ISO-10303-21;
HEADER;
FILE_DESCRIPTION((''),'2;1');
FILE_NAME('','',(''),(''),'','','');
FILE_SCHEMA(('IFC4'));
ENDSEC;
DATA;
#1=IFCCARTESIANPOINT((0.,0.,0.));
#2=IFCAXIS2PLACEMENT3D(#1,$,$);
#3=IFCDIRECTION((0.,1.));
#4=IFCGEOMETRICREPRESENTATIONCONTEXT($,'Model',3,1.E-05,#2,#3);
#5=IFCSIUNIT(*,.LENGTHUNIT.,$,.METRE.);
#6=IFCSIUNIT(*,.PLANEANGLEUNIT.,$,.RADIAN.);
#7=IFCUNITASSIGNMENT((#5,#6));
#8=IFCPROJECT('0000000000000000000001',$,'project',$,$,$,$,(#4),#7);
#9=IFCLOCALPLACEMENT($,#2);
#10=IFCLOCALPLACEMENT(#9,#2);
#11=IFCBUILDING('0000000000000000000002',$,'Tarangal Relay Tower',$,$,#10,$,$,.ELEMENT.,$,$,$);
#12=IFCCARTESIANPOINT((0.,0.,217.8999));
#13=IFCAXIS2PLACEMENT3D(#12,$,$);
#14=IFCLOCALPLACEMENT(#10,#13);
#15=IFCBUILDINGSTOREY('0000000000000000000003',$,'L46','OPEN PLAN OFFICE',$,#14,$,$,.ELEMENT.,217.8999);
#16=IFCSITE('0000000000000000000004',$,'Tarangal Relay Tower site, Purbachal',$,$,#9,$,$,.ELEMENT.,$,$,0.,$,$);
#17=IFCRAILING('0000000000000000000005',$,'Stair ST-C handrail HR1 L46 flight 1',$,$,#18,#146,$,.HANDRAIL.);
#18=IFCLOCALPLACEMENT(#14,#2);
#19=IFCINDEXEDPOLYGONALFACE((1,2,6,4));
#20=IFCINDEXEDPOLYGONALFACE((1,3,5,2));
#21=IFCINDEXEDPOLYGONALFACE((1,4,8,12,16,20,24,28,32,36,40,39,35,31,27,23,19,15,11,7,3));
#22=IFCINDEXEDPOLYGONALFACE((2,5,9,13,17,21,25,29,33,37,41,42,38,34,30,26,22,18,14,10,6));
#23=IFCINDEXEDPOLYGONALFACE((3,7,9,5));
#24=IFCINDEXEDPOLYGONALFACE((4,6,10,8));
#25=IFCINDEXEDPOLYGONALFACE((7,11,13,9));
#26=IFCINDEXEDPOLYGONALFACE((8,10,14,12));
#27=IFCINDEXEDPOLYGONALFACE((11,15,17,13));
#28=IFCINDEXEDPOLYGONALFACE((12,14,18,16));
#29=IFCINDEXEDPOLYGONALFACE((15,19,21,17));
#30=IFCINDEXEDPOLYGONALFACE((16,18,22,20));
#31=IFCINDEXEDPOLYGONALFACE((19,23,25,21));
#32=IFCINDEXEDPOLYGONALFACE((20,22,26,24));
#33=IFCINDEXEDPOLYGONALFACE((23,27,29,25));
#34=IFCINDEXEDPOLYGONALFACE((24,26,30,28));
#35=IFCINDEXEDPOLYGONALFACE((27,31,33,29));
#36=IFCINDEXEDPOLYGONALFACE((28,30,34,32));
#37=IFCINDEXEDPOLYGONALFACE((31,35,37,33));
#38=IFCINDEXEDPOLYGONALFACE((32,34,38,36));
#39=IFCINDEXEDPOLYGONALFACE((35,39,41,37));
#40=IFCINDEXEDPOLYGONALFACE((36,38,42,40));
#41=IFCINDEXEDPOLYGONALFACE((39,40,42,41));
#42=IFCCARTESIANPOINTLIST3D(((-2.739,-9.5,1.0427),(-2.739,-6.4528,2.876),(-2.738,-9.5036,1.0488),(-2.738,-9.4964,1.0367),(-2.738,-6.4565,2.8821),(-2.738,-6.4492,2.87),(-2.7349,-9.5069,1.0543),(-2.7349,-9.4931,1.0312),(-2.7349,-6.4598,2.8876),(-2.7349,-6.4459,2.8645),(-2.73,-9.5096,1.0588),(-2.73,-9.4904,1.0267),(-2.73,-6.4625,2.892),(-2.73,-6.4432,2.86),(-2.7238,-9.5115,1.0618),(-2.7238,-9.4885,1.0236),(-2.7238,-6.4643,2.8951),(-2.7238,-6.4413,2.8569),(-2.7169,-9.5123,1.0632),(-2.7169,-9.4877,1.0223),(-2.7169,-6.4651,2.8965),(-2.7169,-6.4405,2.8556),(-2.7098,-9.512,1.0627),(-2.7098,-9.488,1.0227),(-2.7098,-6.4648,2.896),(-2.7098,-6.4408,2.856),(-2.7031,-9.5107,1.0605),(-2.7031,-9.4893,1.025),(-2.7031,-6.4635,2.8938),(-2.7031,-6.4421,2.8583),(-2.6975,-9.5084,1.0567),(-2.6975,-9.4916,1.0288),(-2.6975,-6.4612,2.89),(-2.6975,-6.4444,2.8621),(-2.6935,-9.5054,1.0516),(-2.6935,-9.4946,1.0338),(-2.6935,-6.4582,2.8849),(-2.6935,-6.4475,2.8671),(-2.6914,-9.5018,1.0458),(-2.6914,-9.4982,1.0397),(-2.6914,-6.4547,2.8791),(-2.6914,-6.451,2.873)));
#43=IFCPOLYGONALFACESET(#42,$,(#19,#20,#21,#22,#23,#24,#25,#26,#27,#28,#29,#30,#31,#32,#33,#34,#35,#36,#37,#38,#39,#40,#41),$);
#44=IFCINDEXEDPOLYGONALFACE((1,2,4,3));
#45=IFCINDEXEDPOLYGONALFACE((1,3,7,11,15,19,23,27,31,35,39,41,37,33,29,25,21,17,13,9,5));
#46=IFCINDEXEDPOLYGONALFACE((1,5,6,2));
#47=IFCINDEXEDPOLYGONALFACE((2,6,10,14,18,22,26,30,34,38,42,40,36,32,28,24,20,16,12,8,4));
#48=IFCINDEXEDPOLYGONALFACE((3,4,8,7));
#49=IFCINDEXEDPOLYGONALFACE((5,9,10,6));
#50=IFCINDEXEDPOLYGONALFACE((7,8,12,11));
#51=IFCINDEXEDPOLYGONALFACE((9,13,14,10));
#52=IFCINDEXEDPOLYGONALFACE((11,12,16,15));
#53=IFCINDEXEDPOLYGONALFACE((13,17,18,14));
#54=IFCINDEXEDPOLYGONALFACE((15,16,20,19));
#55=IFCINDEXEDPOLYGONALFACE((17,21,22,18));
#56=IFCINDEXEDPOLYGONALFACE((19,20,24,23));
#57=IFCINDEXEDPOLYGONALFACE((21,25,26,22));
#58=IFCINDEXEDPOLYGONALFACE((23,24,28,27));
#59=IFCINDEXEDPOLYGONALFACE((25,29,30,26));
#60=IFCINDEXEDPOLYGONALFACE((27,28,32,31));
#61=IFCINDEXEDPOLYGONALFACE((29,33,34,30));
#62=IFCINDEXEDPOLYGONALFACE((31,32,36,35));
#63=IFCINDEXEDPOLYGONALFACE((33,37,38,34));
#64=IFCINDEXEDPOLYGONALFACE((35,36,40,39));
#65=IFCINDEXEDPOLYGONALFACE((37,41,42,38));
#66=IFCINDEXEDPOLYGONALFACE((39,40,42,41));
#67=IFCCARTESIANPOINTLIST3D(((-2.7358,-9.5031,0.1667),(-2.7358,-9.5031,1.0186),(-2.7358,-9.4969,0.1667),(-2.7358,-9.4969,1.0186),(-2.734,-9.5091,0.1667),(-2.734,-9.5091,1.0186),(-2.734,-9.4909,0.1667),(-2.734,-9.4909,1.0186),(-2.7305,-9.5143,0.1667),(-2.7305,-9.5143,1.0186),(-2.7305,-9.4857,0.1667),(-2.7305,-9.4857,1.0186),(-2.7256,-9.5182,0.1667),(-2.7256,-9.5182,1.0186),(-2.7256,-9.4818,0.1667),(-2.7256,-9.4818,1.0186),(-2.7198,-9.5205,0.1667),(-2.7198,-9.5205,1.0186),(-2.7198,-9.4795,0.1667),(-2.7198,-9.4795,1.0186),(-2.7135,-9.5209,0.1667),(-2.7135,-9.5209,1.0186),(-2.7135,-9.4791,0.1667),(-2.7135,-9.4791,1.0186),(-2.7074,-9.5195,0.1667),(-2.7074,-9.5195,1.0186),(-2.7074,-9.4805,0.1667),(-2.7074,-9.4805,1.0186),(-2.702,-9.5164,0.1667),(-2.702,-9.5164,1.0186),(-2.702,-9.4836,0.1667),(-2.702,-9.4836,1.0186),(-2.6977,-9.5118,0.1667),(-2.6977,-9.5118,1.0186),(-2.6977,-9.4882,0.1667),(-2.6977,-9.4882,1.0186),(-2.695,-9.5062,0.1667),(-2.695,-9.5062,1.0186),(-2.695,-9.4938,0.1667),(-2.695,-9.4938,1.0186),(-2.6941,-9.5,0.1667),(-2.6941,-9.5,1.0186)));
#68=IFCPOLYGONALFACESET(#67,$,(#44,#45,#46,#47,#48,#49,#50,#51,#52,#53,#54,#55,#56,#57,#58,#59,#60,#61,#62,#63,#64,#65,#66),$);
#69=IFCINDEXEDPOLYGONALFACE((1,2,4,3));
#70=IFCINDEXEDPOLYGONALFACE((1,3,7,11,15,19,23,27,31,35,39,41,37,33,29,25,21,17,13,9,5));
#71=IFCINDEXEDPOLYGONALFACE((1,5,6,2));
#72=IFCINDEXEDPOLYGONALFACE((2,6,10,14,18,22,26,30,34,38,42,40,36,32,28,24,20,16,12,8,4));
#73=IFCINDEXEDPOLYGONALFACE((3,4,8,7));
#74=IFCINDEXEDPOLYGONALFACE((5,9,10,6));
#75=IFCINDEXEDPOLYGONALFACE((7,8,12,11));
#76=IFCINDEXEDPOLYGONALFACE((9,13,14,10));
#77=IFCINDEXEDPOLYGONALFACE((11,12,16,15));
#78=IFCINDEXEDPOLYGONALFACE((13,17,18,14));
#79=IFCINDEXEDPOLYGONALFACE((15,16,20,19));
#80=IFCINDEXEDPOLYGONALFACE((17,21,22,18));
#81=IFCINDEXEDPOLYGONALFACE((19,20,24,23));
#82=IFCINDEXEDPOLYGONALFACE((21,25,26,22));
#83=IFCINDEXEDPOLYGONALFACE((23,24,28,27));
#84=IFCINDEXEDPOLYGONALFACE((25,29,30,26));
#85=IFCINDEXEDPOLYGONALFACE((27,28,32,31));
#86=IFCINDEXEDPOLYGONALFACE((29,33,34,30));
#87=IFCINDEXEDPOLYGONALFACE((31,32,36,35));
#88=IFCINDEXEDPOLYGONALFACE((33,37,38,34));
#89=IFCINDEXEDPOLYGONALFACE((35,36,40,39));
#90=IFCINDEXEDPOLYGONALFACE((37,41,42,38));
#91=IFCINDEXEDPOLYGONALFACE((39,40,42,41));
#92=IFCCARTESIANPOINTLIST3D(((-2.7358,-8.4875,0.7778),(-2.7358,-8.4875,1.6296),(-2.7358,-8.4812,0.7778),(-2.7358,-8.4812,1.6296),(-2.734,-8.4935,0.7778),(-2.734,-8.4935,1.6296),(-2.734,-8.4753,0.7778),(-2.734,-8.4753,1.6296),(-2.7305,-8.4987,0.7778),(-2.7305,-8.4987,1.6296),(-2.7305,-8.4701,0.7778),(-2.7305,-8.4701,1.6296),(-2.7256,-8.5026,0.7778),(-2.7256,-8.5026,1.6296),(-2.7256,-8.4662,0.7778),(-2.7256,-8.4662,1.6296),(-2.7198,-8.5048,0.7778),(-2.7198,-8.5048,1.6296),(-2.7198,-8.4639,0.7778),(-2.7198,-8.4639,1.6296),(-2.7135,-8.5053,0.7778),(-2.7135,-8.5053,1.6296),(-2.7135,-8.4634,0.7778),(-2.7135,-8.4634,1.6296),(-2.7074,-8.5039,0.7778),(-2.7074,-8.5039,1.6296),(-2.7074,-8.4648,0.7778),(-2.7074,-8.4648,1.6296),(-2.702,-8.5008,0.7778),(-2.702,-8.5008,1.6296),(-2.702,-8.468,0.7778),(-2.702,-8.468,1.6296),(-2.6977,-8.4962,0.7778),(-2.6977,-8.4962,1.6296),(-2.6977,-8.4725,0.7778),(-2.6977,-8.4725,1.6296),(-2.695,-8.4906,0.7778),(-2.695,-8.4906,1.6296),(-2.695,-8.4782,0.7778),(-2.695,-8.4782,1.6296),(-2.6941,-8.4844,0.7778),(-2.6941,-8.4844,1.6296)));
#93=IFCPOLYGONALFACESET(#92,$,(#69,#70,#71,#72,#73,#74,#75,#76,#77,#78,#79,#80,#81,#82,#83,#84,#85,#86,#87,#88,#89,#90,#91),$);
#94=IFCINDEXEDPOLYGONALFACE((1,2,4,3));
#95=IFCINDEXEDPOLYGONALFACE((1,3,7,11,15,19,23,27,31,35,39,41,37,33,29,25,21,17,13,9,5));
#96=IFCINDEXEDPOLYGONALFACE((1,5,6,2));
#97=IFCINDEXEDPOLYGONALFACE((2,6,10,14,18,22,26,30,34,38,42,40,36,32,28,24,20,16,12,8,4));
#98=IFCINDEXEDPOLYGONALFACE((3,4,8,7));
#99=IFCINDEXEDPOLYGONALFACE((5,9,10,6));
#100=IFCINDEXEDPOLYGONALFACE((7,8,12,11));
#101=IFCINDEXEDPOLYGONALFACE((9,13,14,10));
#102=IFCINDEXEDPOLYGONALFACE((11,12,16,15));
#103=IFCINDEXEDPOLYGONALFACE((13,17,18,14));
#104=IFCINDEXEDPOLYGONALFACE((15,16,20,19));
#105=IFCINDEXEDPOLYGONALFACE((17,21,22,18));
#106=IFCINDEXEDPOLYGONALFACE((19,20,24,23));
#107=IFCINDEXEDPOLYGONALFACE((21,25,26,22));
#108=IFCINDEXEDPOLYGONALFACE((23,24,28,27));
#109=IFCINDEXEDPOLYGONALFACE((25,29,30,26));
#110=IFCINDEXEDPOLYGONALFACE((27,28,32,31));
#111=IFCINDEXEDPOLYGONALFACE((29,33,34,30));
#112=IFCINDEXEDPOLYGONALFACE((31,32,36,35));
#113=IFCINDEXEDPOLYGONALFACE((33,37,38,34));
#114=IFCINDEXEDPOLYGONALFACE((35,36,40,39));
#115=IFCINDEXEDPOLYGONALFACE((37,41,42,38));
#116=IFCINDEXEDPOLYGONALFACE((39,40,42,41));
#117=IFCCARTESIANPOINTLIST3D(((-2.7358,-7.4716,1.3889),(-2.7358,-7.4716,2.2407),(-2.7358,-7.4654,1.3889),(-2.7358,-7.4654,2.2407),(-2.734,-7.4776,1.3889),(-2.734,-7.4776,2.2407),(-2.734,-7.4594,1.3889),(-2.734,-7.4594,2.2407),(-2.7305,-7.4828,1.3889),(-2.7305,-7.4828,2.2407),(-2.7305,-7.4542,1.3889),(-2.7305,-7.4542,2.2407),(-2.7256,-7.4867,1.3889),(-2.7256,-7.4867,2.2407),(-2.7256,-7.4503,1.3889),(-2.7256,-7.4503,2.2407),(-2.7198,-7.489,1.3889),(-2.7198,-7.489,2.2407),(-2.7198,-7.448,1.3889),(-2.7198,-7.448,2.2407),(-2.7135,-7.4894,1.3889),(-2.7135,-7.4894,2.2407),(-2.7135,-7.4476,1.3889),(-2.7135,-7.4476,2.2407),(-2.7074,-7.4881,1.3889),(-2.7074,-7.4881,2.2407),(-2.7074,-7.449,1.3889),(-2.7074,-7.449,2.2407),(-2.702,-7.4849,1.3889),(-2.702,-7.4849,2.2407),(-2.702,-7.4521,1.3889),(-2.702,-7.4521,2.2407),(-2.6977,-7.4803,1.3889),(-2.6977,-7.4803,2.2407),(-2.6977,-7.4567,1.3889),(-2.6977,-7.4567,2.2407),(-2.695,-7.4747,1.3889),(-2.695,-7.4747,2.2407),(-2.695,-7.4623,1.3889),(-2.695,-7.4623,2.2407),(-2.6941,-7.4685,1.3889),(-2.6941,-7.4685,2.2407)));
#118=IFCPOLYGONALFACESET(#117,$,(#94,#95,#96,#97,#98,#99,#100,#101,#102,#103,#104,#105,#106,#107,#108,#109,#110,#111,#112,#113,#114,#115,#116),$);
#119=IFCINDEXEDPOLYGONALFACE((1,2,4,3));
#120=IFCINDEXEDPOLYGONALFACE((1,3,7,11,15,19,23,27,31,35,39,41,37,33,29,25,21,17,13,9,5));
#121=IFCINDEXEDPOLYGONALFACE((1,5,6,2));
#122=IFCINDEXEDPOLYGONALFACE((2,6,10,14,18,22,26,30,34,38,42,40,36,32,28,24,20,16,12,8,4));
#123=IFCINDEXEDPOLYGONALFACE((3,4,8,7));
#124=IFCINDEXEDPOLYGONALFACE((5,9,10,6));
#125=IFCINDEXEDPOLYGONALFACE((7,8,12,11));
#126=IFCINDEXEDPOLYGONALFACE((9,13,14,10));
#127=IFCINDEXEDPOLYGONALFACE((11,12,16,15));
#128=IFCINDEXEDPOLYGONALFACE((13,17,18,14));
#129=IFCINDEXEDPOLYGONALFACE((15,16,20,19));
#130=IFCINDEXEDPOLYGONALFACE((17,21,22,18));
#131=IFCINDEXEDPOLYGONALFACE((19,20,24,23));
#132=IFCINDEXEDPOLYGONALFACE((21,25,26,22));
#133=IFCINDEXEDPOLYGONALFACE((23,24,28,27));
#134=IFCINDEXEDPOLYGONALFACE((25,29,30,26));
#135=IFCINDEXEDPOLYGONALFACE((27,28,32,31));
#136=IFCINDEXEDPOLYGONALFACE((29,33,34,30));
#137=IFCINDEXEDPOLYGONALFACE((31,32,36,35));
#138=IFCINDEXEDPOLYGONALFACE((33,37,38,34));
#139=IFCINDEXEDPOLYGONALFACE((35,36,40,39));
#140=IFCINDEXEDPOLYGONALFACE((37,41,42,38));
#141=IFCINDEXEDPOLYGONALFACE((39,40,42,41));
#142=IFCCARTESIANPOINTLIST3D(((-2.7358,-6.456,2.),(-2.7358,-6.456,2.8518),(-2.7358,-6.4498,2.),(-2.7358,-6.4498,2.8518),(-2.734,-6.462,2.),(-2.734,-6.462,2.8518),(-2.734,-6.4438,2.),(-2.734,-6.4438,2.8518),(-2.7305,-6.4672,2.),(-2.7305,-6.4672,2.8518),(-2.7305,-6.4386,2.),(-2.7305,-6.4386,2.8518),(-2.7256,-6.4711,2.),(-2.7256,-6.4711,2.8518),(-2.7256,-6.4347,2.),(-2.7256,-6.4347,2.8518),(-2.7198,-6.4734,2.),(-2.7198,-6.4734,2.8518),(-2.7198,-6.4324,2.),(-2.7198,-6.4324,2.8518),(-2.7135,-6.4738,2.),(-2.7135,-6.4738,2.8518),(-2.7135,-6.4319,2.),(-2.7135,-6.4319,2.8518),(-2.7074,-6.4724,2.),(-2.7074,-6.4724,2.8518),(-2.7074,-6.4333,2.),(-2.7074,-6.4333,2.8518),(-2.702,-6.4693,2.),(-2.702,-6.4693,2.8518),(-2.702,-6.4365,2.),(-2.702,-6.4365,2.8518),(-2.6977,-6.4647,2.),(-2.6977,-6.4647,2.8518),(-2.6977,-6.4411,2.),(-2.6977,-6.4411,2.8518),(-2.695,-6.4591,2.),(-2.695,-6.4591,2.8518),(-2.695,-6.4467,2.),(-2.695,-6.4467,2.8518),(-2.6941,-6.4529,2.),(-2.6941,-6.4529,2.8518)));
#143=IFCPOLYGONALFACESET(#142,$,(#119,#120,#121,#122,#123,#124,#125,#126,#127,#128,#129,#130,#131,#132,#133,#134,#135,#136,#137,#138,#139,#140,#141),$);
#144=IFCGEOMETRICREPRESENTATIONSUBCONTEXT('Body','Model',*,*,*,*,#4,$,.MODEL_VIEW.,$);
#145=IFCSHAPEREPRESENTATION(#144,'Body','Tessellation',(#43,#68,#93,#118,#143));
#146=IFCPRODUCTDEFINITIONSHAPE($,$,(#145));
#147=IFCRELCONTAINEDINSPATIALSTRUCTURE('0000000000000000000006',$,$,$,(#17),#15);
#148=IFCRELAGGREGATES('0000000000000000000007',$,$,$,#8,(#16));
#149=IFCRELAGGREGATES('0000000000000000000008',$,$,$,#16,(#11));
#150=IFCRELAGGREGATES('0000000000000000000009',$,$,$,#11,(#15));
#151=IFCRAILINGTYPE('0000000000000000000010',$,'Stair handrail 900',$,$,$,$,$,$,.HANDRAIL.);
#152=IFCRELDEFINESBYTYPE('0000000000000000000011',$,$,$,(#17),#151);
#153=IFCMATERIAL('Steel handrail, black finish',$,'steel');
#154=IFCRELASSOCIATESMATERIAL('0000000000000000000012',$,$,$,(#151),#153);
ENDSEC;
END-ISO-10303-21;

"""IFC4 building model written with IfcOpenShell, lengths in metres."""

from ifc_helpers import new_model, si_unit, direction, frame, origin, origin_2d, place, context, subcontext, project, spatial, circle, extrude, material, type_object, element, save


model = new_model("IFC4")

# Units and contexts
model_context = context("Model", 3, precision=1e-05, world=origin(), true_north=direction((0.0, 1.0)))
body_context = subcontext(model_context, "Body", "Model", "MODEL_VIEW")
ifc_project = project(units=[si_unit("LENGTHUNIT", "METRE"), si_unit("PLANEANGLEUNIT", "RADIAN")], contexts=[model_context])

# Site, building, storey
site_placement = place(None, origin())
site = spatial("IfcSite", under=ifc_project, at=site_placement, Name="Tarangal Relay Tower site, Purbachal", CompositionType="ELEMENT", RefElevation=0.0)
building_placement = place(site_placement, origin())
building = spatial("IfcBuilding", under=site, at=building_placement, Name="Tarangal Relay Tower", CompositionType="ELEMENT")
storey_placement = place(building_placement, frame((0.0, 0.0, 217.8999)))
storey = spatial("IfcBuildingStorey", under=building, at=storey_placement, Name="L46", Description="OPEN PLAN OFFICE", CompositionType="ELEMENT", Elevation=217.8999)

# Railing
ifc_material_1 = material(Name="Steel handrail, black finish", Category="steel")
railing_type_1 = type_object("IfcRailingType", Name="Stair handrail 900", PredefinedType="HANDRAIL", material=ifc_material_1)
railing_1_placement = place(storey_placement, frame((-2.7151, -9.5, 0.1667)))
element("IfcRailing", 1, at=railing_1_placement, inside=storey, type_object=railing_type_1, Name="Stair ST-C handrail HR1 L46 flight 1", PredefinedType="HANDRAIL", context=body_context, shape_type="SweptSolid", body=[
    extrude(circle(Radius=0.0239, at=origin_2d()), frame((0.0, 0.0, 0.876), z_axis=(0.0, 0.856874, 0.515525), x_axis=(-1.0, 0.0, 0.0)), (0.0, 0.0, 1.0), 3.5562),
    extrude(circle(Radius=0.021, at=origin_2d()), origin(), (0.0, 0.0, 1.0), 0.8518),
    extrude(circle(Radius=0.021, at=origin_2d()), frame((0.0, 1.0156, 0.6111)), (0.0, 0.0, 1.0), 0.8518),
    extrude(circle(Radius=0.021, at=origin_2d()), frame((0.0, 2.0315, 1.2222)), (0.0, 0.0, 1.0), 0.8518),
    extrude(circle(Radius=0.021, at=origin_2d()), frame((0.0, 3.0471, 1.8333)), (0.0, 0.0, 1.0), 0.8518),
])

save(model, "model.ifc")
